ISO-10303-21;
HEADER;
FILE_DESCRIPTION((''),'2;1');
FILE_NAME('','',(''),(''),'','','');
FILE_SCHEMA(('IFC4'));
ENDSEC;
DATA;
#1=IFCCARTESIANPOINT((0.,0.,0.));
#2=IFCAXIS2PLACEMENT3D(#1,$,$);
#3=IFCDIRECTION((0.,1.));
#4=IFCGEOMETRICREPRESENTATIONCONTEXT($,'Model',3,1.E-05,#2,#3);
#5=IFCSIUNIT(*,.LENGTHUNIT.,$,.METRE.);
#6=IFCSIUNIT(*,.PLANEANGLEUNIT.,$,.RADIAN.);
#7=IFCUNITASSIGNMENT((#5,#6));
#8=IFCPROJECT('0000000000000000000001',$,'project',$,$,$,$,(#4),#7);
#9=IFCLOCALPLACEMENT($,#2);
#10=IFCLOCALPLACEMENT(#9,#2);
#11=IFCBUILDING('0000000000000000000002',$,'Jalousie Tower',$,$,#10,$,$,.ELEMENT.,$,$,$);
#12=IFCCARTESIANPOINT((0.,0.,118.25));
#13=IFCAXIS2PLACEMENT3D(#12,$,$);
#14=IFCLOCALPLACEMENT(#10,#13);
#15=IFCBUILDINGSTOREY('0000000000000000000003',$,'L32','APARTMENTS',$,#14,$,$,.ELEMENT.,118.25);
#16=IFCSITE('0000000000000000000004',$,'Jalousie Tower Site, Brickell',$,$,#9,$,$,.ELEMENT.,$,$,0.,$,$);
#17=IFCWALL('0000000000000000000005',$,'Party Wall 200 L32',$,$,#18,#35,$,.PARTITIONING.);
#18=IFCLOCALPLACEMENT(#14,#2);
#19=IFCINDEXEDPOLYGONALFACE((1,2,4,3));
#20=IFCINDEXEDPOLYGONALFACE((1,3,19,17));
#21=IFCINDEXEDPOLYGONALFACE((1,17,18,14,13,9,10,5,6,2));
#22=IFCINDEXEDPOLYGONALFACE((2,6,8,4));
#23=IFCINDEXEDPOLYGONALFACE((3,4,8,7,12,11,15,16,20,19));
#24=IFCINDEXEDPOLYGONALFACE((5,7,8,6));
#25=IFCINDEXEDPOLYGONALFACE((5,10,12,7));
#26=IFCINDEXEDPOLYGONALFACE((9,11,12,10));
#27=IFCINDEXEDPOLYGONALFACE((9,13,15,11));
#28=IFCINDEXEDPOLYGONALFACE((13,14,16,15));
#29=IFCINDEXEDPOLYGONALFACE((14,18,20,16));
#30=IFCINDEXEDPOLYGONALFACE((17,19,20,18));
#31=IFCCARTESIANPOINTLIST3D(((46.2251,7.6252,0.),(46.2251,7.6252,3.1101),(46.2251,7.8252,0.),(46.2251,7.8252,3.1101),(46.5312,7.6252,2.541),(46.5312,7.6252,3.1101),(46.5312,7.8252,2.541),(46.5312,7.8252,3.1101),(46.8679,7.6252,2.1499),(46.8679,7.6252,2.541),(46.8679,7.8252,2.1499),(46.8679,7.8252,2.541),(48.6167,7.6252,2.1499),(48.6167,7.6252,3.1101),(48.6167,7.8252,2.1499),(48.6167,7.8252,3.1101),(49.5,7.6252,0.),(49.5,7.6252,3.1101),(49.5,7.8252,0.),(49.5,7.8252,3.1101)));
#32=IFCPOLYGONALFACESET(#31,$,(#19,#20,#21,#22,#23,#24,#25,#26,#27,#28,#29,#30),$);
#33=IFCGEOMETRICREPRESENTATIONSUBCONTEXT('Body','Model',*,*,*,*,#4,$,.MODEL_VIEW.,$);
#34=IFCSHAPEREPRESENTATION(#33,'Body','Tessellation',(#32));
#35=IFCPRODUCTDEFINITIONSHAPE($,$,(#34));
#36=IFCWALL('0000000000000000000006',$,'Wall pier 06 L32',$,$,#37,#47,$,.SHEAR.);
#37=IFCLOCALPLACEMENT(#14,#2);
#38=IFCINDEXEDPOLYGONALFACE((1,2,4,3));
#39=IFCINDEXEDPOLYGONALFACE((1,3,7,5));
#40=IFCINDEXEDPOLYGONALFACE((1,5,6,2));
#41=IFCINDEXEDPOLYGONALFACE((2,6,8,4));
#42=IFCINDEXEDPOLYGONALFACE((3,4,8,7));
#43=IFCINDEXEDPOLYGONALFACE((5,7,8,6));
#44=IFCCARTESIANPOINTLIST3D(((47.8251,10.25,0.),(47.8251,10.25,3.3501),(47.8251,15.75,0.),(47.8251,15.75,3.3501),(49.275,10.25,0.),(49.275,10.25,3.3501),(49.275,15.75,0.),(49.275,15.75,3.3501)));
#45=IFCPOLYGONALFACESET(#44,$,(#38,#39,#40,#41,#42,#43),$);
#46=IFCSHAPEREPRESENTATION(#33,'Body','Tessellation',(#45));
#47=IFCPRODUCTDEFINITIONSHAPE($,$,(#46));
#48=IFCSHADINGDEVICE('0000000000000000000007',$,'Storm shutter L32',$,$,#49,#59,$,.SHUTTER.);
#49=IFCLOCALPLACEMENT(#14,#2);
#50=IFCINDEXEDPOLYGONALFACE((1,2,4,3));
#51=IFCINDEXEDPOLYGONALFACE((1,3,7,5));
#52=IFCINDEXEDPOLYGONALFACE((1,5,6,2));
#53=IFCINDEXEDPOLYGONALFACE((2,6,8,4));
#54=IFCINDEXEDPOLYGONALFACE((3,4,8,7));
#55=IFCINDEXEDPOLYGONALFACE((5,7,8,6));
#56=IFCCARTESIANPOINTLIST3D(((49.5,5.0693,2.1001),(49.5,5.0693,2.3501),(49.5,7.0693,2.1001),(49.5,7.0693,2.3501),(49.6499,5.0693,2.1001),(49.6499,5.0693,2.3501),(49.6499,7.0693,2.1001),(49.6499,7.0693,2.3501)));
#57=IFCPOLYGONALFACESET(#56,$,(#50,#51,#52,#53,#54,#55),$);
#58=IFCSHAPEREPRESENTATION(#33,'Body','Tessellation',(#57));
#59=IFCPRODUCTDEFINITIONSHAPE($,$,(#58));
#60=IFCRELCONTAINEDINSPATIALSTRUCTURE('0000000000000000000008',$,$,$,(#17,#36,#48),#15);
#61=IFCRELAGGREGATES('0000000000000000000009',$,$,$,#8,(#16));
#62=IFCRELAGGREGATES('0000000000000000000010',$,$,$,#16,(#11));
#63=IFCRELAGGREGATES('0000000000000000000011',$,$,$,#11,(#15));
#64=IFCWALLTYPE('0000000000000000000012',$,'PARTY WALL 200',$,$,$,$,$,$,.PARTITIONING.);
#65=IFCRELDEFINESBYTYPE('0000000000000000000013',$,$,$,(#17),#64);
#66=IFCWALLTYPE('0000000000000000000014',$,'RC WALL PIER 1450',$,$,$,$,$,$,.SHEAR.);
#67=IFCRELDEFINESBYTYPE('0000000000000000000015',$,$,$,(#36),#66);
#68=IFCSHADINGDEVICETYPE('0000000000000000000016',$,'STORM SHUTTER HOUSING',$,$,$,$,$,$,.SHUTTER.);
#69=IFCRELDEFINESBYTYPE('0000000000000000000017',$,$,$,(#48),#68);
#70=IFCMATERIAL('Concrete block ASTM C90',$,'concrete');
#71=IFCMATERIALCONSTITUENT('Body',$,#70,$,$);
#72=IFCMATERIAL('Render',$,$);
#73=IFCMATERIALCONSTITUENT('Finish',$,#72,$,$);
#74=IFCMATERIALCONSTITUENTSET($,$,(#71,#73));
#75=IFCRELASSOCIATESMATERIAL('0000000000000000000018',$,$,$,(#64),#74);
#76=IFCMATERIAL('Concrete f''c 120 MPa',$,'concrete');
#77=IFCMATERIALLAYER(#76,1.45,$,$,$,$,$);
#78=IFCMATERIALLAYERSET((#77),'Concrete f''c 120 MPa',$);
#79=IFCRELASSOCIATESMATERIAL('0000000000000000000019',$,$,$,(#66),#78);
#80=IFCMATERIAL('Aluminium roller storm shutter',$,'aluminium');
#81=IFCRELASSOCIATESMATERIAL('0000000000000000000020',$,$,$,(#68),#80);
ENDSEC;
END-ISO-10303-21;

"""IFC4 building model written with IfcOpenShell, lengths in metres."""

from ifc_helpers import new_model, si_unit, direction, frame, frame_2d, origin, origin_2d, place, context, subcontext, project, spatial, polyline, rectangle, outline, extrude, material, layer, layer_set, constituent, constituent_set, type_object, element, save


model = new_model("IFC4")

# Units and contexts
model_context = context("Model", 3, precision=1e-05, world=origin(), true_north=direction((0.0, 1.0)))
body_context = subcontext(model_context, "Body", "Model", "MODEL_VIEW")
ifc_project = project(units=[si_unit("LENGTHUNIT", "METRE"), si_unit("PLANEANGLEUNIT", "RADIAN")], contexts=[model_context])

# Site, building, storey
site_placement = place(None, origin())
site = spatial("IfcSite", under=ifc_project, at=site_placement, Name="Jalousie Tower Site, Brickell", CompositionType="ELEMENT", RefElevation=0.0)
building_placement = place(site_placement, origin())
building = spatial("IfcBuilding", under=site, at=building_placement, Name="Jalousie Tower", CompositionType="ELEMENT")
storey_placement = place(building_placement, frame((0.0, 0.0, 118.25)))
storey = spatial("IfcBuildingStorey", under=building, at=storey_placement, Name="L32", Description="APARTMENTS", CompositionType="ELEMENT", Elevation=118.25)

# Walls
ifc_material_1 = material(Name="Concrete block ASTM C90", Category="concrete")
ifc_constituent_1 = constituent(ifc_material_1, Name="Body")
ifc_material_2 = material(Name="Render")
ifc_constituent_2 = constituent(ifc_material_2, Name="Finish")
ifc_constituent_set_1 = constituent_set(constituents=[ifc_constituent_1, ifc_constituent_2])
wall_type_1 = type_object("IfcWallType", Name="PARTY WALL 200", PredefinedType="PARTITIONING", material=ifc_constituent_set_1)
wall_1_placement = place(storey_placement, frame((46.2251, 7.7251, 0.0), z_axis=(0.0, 0.0, 1.0), x_axis=(1.0, 0.0, 0.0)))
element("IfcWall", 1, at=wall_1_placement, inside=storey, type_object=wall_type_1, Name="Party Wall 200 L32", PredefinedType="PARTITIONING", context=body_context, shape_type="SweptSolid", body=[
    extrude(outline(polyline([(0.0, 0.0), (3.2749, 0.0), (3.2749, 3.1101), (2.3916, 3.1101), (2.3916, 2.1499), (0.6428, 2.1499), (0.6428, 2.541), (0.3062, 2.541), (0.3062, 3.1101), (0.0, 3.1101), (0.0, 0.0)])), frame((0.0, 0.1001, 0.0), z_axis=(0.0, -1.0, 0.0), x_axis=(1.0, 0.0, 0.0)), (0.0, 0.0, 1.0), 0.2),
])
ifc_material_3 = material(Name="Concrete f'c 120 MPa", Category="concrete")
ifc_layer_1 = layer(ifc_material_3, 1.45)
ifc_layer_set_1 = layer_set([ifc_layer_1], Name="Concrete f'c 120 MPa")
wall_type_2 = type_object("IfcWallType", Name="RC WALL PIER 1450", PredefinedType="SHEAR", material=ifc_layer_set_1)
wall_2_placement = place(storey_placement, frame((48.55, 10.25, 0.0), z_axis=(0.0, 0.0, 1.0), x_axis=(0.0, 1.0, 0.0)))
element("IfcWall", 2, at=wall_2_placement, inside=storey, type_object=wall_type_2, Name="Wall pier 06 L32", PredefinedType="SHEAR", context=body_context, shape_type="SweptSolid", body=[
    extrude(rectangle(XDim=5.5, YDim=1.45, at=frame_2d((2.75, 0.0))), origin(), (0.0, 0.0, 1.0), 3.3501),
])

# Shading device
ifc_material_4 = material(Name="Aluminium roller storm shutter", Category="aluminium")
shading_device_type = type_object("IfcShadingDeviceType", Name="STORM SHUTTER HOUSING", PredefinedType="SHUTTER", material=ifc_material_4)
shading_device_placement = place(storey_placement, frame((49.575, 6.0693, 2.1001), z_axis=(0.0, 0.0, 1.0), x_axis=(0.0, 1.0, 0.0)))
element("IfcShadingDevice", 3, at=shading_device_placement, inside=storey, type_object=shading_device_type, Name="Storm shutter L32", PredefinedType="SHUTTER", context=body_context, shape_type="SweptSolid", body=[
    extrude(rectangle(XDim=2.0, YDim=0.1499, at=origin_2d()), origin(), (0.0, 0.0, 1.0), 0.25),
])

save(model, "model.ifc")
